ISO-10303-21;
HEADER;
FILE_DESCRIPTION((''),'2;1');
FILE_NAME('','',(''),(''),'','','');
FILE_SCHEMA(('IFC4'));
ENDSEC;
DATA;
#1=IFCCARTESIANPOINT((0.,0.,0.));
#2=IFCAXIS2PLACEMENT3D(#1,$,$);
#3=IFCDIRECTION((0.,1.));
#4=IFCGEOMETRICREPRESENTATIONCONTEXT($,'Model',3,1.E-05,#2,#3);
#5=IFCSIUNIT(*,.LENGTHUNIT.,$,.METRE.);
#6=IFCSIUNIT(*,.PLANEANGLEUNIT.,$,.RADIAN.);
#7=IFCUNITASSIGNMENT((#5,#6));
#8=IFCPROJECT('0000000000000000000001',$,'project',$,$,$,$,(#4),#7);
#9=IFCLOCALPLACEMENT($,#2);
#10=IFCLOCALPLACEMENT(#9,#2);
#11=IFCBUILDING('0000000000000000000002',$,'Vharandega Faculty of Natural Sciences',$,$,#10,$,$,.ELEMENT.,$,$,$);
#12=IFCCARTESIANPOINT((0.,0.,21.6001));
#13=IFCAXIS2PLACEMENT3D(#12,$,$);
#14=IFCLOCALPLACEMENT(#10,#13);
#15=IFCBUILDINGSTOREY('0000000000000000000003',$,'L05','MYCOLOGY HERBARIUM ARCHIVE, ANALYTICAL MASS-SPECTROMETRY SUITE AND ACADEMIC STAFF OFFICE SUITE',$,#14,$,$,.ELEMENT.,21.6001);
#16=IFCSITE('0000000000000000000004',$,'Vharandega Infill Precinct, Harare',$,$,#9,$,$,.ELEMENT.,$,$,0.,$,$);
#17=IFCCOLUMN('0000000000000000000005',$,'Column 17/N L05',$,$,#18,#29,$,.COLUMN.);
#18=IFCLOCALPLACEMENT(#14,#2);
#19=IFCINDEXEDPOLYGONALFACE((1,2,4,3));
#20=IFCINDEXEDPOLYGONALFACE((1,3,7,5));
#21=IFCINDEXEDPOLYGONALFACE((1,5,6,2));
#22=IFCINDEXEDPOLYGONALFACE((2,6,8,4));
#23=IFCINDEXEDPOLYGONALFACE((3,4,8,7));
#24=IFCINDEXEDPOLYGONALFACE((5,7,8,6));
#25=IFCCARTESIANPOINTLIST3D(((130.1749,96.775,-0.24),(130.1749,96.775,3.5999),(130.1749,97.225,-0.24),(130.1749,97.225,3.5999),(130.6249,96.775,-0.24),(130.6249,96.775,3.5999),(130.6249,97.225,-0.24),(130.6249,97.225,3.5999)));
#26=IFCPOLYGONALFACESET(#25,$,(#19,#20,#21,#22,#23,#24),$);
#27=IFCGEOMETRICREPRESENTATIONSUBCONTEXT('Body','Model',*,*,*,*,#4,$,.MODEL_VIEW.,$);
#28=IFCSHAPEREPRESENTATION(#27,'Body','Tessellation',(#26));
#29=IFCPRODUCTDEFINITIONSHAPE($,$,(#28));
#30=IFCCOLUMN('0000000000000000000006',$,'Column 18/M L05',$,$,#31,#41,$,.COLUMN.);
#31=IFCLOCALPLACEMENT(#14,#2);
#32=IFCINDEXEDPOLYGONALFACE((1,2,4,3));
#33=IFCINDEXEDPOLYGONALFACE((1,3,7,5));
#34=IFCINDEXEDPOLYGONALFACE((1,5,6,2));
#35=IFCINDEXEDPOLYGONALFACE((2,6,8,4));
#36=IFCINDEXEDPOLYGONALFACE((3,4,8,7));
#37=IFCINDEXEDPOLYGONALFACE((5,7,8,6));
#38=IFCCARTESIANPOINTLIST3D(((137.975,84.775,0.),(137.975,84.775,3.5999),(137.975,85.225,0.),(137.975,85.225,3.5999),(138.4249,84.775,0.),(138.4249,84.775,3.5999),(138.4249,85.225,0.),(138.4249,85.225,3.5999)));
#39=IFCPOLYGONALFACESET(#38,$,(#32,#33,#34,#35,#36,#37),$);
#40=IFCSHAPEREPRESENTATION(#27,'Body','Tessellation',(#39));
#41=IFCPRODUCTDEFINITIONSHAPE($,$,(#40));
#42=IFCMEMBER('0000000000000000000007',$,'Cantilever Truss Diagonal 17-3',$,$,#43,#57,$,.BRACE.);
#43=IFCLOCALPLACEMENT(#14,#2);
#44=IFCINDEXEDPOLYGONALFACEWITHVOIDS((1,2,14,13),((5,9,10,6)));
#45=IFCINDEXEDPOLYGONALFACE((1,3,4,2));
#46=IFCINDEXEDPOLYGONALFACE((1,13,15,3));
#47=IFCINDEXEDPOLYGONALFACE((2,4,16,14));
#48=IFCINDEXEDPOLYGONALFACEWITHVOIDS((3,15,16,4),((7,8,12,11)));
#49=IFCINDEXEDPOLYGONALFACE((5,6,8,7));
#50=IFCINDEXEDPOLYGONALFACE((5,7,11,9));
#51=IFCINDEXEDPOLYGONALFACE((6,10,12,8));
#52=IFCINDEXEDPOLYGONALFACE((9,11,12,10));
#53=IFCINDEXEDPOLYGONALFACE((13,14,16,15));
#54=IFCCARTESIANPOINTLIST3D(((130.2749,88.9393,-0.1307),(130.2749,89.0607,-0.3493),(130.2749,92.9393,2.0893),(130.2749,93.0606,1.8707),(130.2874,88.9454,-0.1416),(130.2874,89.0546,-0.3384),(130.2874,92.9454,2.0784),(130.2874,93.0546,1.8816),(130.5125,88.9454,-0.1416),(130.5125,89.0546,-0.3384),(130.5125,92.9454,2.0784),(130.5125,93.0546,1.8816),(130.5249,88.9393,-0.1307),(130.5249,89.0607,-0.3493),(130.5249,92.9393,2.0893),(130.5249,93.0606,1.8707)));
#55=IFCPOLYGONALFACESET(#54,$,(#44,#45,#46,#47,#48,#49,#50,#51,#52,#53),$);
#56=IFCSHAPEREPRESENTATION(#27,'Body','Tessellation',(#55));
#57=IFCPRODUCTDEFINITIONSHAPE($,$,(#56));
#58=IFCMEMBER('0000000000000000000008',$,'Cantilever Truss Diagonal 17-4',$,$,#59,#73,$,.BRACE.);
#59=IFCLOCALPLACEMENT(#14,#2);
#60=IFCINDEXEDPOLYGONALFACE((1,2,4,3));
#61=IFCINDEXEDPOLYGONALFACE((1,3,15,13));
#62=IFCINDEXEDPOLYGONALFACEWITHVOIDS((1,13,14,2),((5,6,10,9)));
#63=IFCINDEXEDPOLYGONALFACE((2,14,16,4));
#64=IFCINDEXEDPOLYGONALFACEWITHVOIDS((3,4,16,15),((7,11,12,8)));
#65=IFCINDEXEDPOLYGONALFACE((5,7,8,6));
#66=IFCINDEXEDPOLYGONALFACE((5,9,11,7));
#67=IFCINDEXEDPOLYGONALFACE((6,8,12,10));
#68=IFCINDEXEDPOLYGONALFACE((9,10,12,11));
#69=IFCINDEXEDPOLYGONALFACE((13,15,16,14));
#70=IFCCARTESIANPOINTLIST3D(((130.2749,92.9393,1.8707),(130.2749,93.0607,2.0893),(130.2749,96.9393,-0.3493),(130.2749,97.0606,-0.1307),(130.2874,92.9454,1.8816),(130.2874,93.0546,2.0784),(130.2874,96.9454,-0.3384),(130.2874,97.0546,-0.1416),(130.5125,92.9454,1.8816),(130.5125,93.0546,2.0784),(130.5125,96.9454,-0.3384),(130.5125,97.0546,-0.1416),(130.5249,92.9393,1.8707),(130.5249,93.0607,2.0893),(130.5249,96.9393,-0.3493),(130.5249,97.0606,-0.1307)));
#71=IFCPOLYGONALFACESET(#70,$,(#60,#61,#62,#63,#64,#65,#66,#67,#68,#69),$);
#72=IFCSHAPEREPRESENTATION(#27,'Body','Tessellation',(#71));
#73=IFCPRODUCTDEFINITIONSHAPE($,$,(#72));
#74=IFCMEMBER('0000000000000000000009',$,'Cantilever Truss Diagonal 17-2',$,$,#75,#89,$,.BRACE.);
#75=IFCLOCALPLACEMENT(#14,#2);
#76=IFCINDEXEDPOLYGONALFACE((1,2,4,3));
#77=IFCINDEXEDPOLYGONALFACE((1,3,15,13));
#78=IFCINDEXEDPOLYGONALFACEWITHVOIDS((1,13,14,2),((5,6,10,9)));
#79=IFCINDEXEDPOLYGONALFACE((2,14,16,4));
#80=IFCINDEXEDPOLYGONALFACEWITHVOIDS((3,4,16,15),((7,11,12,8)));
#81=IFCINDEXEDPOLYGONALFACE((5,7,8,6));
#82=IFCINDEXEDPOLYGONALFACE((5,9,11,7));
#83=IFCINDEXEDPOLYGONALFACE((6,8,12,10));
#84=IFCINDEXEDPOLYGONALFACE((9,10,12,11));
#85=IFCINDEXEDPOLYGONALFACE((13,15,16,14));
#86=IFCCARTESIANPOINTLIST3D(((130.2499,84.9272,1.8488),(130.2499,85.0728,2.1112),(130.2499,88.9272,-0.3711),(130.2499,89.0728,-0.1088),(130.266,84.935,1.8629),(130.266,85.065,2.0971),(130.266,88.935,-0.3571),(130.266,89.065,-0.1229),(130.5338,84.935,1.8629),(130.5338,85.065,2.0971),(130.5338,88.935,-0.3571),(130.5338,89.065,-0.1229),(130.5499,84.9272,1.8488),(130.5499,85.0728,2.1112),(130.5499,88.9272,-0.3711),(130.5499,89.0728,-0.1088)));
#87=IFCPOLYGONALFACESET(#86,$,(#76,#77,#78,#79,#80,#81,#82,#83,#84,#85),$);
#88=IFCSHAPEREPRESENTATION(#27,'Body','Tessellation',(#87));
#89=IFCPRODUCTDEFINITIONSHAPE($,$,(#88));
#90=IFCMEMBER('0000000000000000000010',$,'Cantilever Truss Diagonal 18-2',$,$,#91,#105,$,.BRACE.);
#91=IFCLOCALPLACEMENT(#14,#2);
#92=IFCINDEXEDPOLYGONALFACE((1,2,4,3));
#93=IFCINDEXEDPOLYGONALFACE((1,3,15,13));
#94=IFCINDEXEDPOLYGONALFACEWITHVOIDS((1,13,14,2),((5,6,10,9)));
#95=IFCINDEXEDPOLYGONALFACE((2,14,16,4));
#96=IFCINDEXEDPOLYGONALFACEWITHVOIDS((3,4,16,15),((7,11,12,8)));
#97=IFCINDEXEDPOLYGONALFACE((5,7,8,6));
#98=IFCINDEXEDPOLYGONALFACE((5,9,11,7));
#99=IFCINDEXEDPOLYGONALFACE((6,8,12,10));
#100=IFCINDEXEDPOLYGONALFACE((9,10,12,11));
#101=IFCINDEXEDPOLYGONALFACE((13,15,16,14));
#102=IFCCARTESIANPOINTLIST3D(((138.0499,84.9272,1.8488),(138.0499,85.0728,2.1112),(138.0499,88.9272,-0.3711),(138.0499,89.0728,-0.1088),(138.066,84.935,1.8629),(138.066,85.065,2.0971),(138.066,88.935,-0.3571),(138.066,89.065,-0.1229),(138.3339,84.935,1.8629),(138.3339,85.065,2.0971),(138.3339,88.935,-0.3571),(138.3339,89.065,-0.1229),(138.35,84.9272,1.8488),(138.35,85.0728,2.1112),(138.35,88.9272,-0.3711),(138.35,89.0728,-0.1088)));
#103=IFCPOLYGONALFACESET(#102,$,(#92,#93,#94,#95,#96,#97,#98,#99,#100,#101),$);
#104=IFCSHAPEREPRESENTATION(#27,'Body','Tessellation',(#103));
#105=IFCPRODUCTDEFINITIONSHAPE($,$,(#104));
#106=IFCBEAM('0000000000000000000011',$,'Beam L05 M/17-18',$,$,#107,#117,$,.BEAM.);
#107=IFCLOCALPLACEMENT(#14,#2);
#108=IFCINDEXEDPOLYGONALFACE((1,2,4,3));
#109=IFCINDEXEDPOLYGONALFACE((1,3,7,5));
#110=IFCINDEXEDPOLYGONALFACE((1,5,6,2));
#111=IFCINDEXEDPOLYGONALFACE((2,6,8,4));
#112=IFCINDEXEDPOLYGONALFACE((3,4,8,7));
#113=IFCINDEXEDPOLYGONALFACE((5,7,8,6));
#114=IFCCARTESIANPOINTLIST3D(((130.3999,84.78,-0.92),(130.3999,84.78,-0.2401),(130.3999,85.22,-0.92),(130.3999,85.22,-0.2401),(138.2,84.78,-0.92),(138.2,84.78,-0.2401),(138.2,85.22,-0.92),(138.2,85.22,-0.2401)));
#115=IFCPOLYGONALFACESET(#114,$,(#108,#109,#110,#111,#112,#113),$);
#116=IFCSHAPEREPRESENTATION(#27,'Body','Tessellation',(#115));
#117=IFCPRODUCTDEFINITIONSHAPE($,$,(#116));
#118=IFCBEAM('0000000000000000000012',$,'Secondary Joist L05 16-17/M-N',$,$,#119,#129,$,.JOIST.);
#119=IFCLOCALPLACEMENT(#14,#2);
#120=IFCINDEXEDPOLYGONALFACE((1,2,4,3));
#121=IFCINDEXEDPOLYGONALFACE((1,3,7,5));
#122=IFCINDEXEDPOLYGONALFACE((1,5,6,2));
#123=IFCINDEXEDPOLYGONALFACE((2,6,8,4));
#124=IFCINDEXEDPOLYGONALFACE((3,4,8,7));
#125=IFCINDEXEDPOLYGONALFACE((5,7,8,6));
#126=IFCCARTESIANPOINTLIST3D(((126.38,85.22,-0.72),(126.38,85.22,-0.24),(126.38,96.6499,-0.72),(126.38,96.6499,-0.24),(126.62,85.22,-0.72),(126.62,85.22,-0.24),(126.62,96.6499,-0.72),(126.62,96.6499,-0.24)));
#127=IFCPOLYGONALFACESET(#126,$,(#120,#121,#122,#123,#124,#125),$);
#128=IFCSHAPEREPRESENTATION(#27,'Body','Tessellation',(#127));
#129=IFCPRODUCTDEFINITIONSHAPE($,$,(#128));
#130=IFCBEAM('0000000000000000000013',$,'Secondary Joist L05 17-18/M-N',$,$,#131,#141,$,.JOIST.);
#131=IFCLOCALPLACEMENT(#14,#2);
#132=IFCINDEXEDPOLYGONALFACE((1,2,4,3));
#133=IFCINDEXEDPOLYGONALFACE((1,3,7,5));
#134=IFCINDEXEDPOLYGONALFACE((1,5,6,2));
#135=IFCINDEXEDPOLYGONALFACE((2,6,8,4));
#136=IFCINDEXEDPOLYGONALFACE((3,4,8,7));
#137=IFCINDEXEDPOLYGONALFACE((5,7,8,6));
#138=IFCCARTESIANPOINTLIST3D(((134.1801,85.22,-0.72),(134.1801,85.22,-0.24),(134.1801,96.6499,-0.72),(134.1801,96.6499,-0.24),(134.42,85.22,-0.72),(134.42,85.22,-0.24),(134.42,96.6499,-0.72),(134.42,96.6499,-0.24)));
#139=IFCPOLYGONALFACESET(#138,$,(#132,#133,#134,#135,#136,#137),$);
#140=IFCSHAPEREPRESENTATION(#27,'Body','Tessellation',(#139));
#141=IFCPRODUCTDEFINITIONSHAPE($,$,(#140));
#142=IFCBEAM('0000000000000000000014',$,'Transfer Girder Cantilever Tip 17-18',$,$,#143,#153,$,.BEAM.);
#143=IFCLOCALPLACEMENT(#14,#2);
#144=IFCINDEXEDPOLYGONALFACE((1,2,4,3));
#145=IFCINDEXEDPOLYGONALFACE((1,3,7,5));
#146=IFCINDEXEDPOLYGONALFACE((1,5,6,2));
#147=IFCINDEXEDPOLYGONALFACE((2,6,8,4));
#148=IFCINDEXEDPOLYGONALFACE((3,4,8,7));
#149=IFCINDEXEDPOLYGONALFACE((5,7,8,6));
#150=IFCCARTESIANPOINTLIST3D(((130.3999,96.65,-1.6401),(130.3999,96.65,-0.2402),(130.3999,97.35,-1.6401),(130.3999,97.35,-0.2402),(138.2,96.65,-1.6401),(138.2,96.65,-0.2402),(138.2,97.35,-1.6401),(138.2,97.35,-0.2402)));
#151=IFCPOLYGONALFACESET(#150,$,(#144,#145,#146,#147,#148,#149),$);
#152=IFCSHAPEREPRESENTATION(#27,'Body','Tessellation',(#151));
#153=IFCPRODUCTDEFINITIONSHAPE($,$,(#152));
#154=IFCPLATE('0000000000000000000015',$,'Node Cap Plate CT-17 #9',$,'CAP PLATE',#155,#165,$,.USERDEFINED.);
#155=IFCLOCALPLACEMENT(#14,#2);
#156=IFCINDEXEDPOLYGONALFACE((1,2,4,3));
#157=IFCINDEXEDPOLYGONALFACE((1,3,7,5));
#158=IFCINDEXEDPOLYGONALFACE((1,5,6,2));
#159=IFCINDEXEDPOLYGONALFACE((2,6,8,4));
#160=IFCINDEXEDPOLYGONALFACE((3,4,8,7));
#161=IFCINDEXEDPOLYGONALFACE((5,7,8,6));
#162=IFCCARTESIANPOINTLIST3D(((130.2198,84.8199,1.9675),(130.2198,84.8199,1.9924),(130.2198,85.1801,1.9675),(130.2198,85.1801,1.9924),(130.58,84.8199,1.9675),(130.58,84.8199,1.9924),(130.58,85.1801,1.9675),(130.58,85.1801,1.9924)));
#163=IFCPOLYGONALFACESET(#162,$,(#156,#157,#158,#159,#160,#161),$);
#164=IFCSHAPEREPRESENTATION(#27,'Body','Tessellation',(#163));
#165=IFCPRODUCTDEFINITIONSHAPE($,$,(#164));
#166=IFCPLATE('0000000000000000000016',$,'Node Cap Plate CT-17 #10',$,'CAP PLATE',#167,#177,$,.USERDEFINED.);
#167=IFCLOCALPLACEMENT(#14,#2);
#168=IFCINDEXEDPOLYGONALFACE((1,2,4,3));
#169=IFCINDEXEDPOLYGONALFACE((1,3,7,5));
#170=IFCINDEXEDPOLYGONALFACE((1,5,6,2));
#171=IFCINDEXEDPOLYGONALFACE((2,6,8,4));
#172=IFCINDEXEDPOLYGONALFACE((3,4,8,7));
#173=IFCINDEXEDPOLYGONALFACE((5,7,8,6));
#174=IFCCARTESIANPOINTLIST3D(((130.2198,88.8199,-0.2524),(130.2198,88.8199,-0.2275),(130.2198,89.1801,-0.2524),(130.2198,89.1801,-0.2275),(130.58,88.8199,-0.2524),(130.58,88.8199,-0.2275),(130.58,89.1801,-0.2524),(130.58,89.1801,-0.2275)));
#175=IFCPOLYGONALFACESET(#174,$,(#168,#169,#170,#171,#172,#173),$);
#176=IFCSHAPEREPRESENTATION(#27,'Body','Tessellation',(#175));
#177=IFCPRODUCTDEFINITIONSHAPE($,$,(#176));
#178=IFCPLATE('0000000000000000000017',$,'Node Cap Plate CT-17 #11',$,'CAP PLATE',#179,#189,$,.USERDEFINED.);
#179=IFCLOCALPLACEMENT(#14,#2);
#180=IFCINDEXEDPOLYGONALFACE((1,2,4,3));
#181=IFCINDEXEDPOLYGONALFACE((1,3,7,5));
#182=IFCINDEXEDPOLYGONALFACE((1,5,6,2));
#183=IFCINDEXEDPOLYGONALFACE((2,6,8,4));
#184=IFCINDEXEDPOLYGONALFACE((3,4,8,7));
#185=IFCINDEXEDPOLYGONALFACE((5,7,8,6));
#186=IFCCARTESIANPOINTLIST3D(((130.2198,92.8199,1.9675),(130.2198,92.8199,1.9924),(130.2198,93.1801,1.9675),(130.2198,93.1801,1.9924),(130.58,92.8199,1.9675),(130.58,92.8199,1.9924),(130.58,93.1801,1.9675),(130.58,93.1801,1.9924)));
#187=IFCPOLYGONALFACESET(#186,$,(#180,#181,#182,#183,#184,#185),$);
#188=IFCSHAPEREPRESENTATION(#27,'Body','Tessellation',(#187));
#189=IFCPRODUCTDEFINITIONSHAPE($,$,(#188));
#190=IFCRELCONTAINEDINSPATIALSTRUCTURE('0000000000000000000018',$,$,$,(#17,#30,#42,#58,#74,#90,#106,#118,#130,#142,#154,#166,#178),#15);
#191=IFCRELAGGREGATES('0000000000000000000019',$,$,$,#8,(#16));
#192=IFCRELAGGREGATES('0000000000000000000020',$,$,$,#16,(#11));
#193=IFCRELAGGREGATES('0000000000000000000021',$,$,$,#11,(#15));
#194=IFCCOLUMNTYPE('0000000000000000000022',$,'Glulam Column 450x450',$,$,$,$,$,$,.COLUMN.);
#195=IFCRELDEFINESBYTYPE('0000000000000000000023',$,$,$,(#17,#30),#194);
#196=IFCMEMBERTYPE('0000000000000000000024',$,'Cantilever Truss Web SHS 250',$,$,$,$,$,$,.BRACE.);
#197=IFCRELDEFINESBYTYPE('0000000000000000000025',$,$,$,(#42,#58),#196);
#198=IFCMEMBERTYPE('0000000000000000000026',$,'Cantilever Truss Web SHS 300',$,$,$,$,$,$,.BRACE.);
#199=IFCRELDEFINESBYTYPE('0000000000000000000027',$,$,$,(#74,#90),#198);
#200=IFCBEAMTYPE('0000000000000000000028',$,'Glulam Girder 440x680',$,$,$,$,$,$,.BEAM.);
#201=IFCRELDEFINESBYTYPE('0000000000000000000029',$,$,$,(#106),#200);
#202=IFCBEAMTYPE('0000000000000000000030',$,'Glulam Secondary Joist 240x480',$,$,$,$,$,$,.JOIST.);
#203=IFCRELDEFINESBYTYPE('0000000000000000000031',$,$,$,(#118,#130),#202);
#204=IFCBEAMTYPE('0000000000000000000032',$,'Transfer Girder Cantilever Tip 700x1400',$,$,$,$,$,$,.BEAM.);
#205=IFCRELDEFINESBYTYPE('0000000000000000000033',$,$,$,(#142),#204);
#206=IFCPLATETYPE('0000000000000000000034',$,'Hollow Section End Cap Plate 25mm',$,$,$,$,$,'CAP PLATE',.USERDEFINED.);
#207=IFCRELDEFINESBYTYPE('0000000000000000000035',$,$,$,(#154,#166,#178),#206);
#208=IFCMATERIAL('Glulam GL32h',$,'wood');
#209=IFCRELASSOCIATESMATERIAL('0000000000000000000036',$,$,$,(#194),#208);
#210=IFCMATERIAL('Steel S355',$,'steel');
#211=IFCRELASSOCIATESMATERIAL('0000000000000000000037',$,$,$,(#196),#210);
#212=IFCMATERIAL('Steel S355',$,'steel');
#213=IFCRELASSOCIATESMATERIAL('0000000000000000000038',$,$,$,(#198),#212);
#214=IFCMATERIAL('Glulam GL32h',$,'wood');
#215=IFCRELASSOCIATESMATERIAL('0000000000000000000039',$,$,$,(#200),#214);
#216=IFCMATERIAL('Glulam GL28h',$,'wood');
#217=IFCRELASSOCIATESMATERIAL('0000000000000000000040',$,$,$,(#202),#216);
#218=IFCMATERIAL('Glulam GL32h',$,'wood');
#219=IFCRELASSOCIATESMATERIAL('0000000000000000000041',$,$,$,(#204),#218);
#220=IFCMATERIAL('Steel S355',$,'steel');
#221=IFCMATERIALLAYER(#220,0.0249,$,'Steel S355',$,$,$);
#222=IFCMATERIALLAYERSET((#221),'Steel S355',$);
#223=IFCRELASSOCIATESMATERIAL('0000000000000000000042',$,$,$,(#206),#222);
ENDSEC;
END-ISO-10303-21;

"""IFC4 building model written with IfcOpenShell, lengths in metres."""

from ifc_helpers import new_model, si_unit, direction, frame, origin, origin_2d, place, context, subcontext, project, spatial, rectangle, hollow_rectangle, extrude, material, layer, layer_set, material_profile, profile_set, type_object, element, save


model = new_model("IFC4")

# Units and contexts
model_context = context("Model", 3, precision=1e-05, world=origin(), true_north=direction((0.0, 1.0)))
body_context = subcontext(model_context, "Body", "Model", "MODEL_VIEW")
ifc_project = project(units=[si_unit("LENGTHUNIT", "METRE"), si_unit("PLANEANGLEUNIT", "RADIAN")], contexts=[model_context])

# Site, building, storey
site_placement = place(None, origin())
site = spatial("IfcSite", under=ifc_project, at=site_placement, Name="Vharandega Infill Precinct, Harare", CompositionType="ELEMENT", RefElevation=0.0)
building_placement = place(site_placement, origin())
building = spatial("IfcBuilding", under=site, at=building_placement, Name="Vharandega Faculty of Natural Sciences", CompositionType="ELEMENT")
storey_placement = place(building_placement, frame((0.0, 0.0, 21.6001)))
storey = spatial("IfcBuildingStorey", under=building, at=storey_placement, Name="L05", Description="MYCOLOGY HERBARIUM ARCHIVE, ANALYTICAL MASS-SPECTROMETRY SUITE AND ACADEMIC STAFF OFFICE SUITE", CompositionType="ELEMENT", Elevation=21.6001)

# Columns
ifc_material_1 = material(Name="Glulam GL32h", Category="wood")
ifc_material_profile_1 = material_profile(ifc_material_1, rectangle(XDim=0.45, YDim=0.45, at=origin_2d()), Name="GL32h 450x450")
ifc_profile_set_1 = profile_set([ifc_material_profile_1], Name="Glulam GL32h")
column_type = type_object("IfcColumnType", Name="Glulam Column 450x450", PredefinedType="COLUMN", material=ifc_profile_set_1)
column_1_placement = place(storey_placement, frame((130.3999, 97.0, -0.24), z_axis=(0.0, 0.0, 1.0), x_axis=(1.0, 0.0, 0.0)))
element("IfcColumn", 1, at=column_1_placement, inside=storey, type_object=column_type, Name="Column 17/N L05", PredefinedType="COLUMN", context=body_context, shape_type="SweptSolid", body=[
    extrude(rectangle(XDim=0.45, YDim=0.45, at=origin_2d()), origin(), (0.0, 0.0, 1.0), 3.8398),
])
column_2_placement = place(storey_placement, frame((138.2, 85.0, 0.0), z_axis=(0.0, 0.0, 1.0), x_axis=(1.0, 0.0, 0.0)))
element("IfcColumn", 2, at=column_2_placement, inside=storey, type_object=column_type, Name="Column 18/M L05", PredefinedType="COLUMN", context=body_context, shape_type="SweptSolid", body=[
    extrude(rectangle(XDim=0.45, YDim=0.45, at=origin_2d()), origin(), (0.0, 0.0, 1.0), 3.5999),
])

# Members
ifc_material_2 = material(Name="Steel S355", Category="steel")
ifc_material_profile_2 = material_profile(ifc_material_2, hollow_rectangle(XDim=0.25, YDim=0.25, WallThickness=0.0125, at=origin_2d()), Name="SHS 250x250x12.5")
ifc_profile_set_2 = profile_set([ifc_material_profile_2], Name="Steel S355")
member_type_1 = type_object("IfcMemberType", Name="Cantilever Truss Web SHS 250", PredefinedType="BRACE", material=ifc_profile_set_2)
for number, where, z_axis, x_axis, name in (
    (3, (130.3999, 89.0, -0.24), (0.0, 0.874366, 0.485267), (-1.0, 0.0, 0.0), "Cantilever Truss Diagonal 17-3"),
    (4, (130.3999, 93.0, 1.98), (0.0, 0.874366, -0.485267), (-1.0, 0.0, 0.0), "Cantilever Truss Diagonal 17-4"),
):
    element("IfcMember", number, at=place(storey_placement, frame(where, z_axis=z_axis, x_axis=x_axis)), inside=storey, type_object=member_type_1, Name=name, PredefinedType="BRACE", context=body_context, shape_type="SweptSolid", body=[
        extrude(hollow_rectangle(XDim=0.25, YDim=0.25, WallThickness=0.0125, at=origin_2d()), origin(), (0.0, 0.0, 1.0), 4.5747),
    ])
ifc_material_3 = material(Name="Steel S355", Category="steel")
ifc_material_profile_3 = material_profile(ifc_material_3, hollow_rectangle(XDim=0.3, YDim=0.3, WallThickness=0.0161, at=origin_2d()), Name="SHS 300x300x16")
ifc_profile_set_3 = profile_set([ifc_material_profile_3], Name="Steel S355")
member_type_2 = type_object("IfcMemberType", Name="Cantilever Truss Web SHS 300", PredefinedType="BRACE", material=ifc_profile_set_3)
for number, where, z_axis, x_axis, name in (
    (5, (130.3999, 85.0, 1.98), (0.0, 0.874366, -0.485267), (-1.0, 0.0, 0.0), "Cantilever Truss Diagonal 17-2"),
    (6, (138.2, 85.0, 1.98), (0.0, 0.874366, -0.485267), (-1.0, 0.0, 0.0), "Cantilever Truss Diagonal 18-2"),
):
    element("IfcMember", number, at=place(storey_placement, frame(where, z_axis=z_axis, x_axis=x_axis)), inside=storey, type_object=member_type_2, Name=name, PredefinedType="BRACE", context=body_context, shape_type="SweptSolid", body=[
        extrude(hollow_rectangle(XDim=0.3, YDim=0.3, WallThickness=0.0161, at=origin_2d()), origin(), (0.0, 0.0, 1.0), 4.5747),
    ])

# Beams
ifc_material_4 = material(Name="Glulam GL32h", Category="wood")
ifc_material_profile_4 = material_profile(ifc_material_4, rectangle(XDim=0.4399, YDim=0.6799, at=origin_2d()), Name="GL32h 440x680")
ifc_profile_set_4 = profile_set([ifc_material_profile_4], Name="Glulam GL32h")
beam_type_1 = type_object("IfcBeamType", Name="Glulam Girder 440x680", PredefinedType="BEAM", material=ifc_profile_set_4)
beam_1_placement = place(storey_placement, frame((130.3999, 85.0, -0.5801), z_axis=(1.0, 0.0, 0.0), x_axis=(0.0, 1.0, 0.0)))
element("IfcBeam", 7, at=beam_1_placement, inside=storey, type_object=beam_type_1, Name="Beam L05 M/17-18", PredefinedType="BEAM", context=body_context, shape_type="SweptSolid", body=[
    extrude(rectangle(XDim=0.4399, YDim=0.6799, at=origin_2d()), origin(), (0.0, 0.0, 1.0), 7.8),
])
ifc_material_5 = material(Name="Glulam GL28h", Category="wood")
ifc_material_profile_5 = material_profile(ifc_material_5, rectangle(XDim=0.24, YDim=0.48, at=origin_2d()), Name="GL28h 240x480")
ifc_profile_set_5 = profile_set([ifc_material_profile_5], Name="Glulam GL28h")
beam_type_2 = type_object("IfcBeamType", Name="Glulam Secondary Joist 240x480", PredefinedType="JOIST", material=ifc_profile_set_5)
for number, where, z_axis, x_axis, name in (
    (8, (126.5, 85.22, -0.48), (0.0, 1.0, 0.0), (-1.0, 0.0, 0.0), "Secondary Joist L05 16-17/M-N"),
    (9, (134.3, 85.22, -0.48), (0.0, 1.0, 0.0), (-1.0, 0.0, 0.0), "Secondary Joist L05 17-18/M-N"),
):
    element("IfcBeam", number, at=place(storey_placement, frame(where, z_axis=z_axis, x_axis=x_axis)), inside=storey, type_object=beam_type_2, Name=name, PredefinedType="JOIST", context=body_context, shape_type="SweptSolid", body=[
        extrude(rectangle(XDim=0.24, YDim=0.48, at=origin_2d()), origin(), (0.0, 0.0, 1.0), 11.4299),
    ])
ifc_material_6 = material(Name="Glulam GL32h", Category="wood")
ifc_material_profile_6 = material_profile(ifc_material_6, rectangle(XDim=0.7, YDim=1.3999, at=origin_2d()), Name="GL32h 700x1400")
ifc_profile_set_6 = profile_set([ifc_material_profile_6], Name="Glulam GL32h")
beam_type_3 = type_object("IfcBeamType", Name="Transfer Girder Cantilever Tip 700x1400", PredefinedType="BEAM", material=ifc_profile_set_6)
beam_2_placement = place(storey_placement, frame((130.3999, 97.0, -0.9402), z_axis=(1.0, 0.0, 0.0), x_axis=(0.0, 1.0, 0.0)))
element("IfcBeam", 10, at=beam_2_placement, inside=storey, type_object=beam_type_3, Name="Transfer Girder Cantilever Tip 17-18", PredefinedType="BEAM", context=body_context, shape_type="SweptSolid", body=[
    extrude(rectangle(XDim=0.7, YDim=1.3999, at=origin_2d()), origin(), (0.0, 0.0, 1.0), 7.8),
])

# Plates
ifc_material_7 = material(Name="Steel S355", Category="steel")
ifc_layer_1 = layer(ifc_material_7, 0.0249, Name="Steel S355")
ifc_layer_set_1 = layer_set([ifc_layer_1], Name="Steel S355")
plate_type_1 = type_object("IfcPlateType", Name="Hollow Section End Cap Plate 25mm", ElementType="CAP PLATE", PredefinedType="USERDEFINED", material=ifc_layer_set_1)
for number, where, z_axis, x_axis, name in (
    (11, (130.3999, 85.0, 1.9675), (0.0, 0.0, 1.0), (1.0, 0.0, 0.0), "Node Cap Plate CT-17 #9"),
    (12, (130.3999, 89.0, -0.2524), (0.0, 0.0, 1.0), (1.0, 0.0, 0.0), "Node Cap Plate CT-17 #10"),
    (13, (130.3999, 93.0, 1.9675), (0.0, 0.0, 1.0), (1.0, 0.0, 0.0), "Node Cap Plate CT-17 #11"),
):
    element("IfcPlate", number, at=place(storey_placement, frame(where, z_axis=z_axis, x_axis=x_axis)), inside=storey, type_object=plate_type_1, Name=name, ObjectType="CAP PLATE", PredefinedType="USERDEFINED", context=body_context, shape_type="SweptSolid", body=[
        extrude(rectangle(XDim=0.3601, YDim=0.3601, at=origin_2d()), origin(), (0.0, 0.0, 1.0), 0.0249),
    ])

save(model, "model.ifc")
